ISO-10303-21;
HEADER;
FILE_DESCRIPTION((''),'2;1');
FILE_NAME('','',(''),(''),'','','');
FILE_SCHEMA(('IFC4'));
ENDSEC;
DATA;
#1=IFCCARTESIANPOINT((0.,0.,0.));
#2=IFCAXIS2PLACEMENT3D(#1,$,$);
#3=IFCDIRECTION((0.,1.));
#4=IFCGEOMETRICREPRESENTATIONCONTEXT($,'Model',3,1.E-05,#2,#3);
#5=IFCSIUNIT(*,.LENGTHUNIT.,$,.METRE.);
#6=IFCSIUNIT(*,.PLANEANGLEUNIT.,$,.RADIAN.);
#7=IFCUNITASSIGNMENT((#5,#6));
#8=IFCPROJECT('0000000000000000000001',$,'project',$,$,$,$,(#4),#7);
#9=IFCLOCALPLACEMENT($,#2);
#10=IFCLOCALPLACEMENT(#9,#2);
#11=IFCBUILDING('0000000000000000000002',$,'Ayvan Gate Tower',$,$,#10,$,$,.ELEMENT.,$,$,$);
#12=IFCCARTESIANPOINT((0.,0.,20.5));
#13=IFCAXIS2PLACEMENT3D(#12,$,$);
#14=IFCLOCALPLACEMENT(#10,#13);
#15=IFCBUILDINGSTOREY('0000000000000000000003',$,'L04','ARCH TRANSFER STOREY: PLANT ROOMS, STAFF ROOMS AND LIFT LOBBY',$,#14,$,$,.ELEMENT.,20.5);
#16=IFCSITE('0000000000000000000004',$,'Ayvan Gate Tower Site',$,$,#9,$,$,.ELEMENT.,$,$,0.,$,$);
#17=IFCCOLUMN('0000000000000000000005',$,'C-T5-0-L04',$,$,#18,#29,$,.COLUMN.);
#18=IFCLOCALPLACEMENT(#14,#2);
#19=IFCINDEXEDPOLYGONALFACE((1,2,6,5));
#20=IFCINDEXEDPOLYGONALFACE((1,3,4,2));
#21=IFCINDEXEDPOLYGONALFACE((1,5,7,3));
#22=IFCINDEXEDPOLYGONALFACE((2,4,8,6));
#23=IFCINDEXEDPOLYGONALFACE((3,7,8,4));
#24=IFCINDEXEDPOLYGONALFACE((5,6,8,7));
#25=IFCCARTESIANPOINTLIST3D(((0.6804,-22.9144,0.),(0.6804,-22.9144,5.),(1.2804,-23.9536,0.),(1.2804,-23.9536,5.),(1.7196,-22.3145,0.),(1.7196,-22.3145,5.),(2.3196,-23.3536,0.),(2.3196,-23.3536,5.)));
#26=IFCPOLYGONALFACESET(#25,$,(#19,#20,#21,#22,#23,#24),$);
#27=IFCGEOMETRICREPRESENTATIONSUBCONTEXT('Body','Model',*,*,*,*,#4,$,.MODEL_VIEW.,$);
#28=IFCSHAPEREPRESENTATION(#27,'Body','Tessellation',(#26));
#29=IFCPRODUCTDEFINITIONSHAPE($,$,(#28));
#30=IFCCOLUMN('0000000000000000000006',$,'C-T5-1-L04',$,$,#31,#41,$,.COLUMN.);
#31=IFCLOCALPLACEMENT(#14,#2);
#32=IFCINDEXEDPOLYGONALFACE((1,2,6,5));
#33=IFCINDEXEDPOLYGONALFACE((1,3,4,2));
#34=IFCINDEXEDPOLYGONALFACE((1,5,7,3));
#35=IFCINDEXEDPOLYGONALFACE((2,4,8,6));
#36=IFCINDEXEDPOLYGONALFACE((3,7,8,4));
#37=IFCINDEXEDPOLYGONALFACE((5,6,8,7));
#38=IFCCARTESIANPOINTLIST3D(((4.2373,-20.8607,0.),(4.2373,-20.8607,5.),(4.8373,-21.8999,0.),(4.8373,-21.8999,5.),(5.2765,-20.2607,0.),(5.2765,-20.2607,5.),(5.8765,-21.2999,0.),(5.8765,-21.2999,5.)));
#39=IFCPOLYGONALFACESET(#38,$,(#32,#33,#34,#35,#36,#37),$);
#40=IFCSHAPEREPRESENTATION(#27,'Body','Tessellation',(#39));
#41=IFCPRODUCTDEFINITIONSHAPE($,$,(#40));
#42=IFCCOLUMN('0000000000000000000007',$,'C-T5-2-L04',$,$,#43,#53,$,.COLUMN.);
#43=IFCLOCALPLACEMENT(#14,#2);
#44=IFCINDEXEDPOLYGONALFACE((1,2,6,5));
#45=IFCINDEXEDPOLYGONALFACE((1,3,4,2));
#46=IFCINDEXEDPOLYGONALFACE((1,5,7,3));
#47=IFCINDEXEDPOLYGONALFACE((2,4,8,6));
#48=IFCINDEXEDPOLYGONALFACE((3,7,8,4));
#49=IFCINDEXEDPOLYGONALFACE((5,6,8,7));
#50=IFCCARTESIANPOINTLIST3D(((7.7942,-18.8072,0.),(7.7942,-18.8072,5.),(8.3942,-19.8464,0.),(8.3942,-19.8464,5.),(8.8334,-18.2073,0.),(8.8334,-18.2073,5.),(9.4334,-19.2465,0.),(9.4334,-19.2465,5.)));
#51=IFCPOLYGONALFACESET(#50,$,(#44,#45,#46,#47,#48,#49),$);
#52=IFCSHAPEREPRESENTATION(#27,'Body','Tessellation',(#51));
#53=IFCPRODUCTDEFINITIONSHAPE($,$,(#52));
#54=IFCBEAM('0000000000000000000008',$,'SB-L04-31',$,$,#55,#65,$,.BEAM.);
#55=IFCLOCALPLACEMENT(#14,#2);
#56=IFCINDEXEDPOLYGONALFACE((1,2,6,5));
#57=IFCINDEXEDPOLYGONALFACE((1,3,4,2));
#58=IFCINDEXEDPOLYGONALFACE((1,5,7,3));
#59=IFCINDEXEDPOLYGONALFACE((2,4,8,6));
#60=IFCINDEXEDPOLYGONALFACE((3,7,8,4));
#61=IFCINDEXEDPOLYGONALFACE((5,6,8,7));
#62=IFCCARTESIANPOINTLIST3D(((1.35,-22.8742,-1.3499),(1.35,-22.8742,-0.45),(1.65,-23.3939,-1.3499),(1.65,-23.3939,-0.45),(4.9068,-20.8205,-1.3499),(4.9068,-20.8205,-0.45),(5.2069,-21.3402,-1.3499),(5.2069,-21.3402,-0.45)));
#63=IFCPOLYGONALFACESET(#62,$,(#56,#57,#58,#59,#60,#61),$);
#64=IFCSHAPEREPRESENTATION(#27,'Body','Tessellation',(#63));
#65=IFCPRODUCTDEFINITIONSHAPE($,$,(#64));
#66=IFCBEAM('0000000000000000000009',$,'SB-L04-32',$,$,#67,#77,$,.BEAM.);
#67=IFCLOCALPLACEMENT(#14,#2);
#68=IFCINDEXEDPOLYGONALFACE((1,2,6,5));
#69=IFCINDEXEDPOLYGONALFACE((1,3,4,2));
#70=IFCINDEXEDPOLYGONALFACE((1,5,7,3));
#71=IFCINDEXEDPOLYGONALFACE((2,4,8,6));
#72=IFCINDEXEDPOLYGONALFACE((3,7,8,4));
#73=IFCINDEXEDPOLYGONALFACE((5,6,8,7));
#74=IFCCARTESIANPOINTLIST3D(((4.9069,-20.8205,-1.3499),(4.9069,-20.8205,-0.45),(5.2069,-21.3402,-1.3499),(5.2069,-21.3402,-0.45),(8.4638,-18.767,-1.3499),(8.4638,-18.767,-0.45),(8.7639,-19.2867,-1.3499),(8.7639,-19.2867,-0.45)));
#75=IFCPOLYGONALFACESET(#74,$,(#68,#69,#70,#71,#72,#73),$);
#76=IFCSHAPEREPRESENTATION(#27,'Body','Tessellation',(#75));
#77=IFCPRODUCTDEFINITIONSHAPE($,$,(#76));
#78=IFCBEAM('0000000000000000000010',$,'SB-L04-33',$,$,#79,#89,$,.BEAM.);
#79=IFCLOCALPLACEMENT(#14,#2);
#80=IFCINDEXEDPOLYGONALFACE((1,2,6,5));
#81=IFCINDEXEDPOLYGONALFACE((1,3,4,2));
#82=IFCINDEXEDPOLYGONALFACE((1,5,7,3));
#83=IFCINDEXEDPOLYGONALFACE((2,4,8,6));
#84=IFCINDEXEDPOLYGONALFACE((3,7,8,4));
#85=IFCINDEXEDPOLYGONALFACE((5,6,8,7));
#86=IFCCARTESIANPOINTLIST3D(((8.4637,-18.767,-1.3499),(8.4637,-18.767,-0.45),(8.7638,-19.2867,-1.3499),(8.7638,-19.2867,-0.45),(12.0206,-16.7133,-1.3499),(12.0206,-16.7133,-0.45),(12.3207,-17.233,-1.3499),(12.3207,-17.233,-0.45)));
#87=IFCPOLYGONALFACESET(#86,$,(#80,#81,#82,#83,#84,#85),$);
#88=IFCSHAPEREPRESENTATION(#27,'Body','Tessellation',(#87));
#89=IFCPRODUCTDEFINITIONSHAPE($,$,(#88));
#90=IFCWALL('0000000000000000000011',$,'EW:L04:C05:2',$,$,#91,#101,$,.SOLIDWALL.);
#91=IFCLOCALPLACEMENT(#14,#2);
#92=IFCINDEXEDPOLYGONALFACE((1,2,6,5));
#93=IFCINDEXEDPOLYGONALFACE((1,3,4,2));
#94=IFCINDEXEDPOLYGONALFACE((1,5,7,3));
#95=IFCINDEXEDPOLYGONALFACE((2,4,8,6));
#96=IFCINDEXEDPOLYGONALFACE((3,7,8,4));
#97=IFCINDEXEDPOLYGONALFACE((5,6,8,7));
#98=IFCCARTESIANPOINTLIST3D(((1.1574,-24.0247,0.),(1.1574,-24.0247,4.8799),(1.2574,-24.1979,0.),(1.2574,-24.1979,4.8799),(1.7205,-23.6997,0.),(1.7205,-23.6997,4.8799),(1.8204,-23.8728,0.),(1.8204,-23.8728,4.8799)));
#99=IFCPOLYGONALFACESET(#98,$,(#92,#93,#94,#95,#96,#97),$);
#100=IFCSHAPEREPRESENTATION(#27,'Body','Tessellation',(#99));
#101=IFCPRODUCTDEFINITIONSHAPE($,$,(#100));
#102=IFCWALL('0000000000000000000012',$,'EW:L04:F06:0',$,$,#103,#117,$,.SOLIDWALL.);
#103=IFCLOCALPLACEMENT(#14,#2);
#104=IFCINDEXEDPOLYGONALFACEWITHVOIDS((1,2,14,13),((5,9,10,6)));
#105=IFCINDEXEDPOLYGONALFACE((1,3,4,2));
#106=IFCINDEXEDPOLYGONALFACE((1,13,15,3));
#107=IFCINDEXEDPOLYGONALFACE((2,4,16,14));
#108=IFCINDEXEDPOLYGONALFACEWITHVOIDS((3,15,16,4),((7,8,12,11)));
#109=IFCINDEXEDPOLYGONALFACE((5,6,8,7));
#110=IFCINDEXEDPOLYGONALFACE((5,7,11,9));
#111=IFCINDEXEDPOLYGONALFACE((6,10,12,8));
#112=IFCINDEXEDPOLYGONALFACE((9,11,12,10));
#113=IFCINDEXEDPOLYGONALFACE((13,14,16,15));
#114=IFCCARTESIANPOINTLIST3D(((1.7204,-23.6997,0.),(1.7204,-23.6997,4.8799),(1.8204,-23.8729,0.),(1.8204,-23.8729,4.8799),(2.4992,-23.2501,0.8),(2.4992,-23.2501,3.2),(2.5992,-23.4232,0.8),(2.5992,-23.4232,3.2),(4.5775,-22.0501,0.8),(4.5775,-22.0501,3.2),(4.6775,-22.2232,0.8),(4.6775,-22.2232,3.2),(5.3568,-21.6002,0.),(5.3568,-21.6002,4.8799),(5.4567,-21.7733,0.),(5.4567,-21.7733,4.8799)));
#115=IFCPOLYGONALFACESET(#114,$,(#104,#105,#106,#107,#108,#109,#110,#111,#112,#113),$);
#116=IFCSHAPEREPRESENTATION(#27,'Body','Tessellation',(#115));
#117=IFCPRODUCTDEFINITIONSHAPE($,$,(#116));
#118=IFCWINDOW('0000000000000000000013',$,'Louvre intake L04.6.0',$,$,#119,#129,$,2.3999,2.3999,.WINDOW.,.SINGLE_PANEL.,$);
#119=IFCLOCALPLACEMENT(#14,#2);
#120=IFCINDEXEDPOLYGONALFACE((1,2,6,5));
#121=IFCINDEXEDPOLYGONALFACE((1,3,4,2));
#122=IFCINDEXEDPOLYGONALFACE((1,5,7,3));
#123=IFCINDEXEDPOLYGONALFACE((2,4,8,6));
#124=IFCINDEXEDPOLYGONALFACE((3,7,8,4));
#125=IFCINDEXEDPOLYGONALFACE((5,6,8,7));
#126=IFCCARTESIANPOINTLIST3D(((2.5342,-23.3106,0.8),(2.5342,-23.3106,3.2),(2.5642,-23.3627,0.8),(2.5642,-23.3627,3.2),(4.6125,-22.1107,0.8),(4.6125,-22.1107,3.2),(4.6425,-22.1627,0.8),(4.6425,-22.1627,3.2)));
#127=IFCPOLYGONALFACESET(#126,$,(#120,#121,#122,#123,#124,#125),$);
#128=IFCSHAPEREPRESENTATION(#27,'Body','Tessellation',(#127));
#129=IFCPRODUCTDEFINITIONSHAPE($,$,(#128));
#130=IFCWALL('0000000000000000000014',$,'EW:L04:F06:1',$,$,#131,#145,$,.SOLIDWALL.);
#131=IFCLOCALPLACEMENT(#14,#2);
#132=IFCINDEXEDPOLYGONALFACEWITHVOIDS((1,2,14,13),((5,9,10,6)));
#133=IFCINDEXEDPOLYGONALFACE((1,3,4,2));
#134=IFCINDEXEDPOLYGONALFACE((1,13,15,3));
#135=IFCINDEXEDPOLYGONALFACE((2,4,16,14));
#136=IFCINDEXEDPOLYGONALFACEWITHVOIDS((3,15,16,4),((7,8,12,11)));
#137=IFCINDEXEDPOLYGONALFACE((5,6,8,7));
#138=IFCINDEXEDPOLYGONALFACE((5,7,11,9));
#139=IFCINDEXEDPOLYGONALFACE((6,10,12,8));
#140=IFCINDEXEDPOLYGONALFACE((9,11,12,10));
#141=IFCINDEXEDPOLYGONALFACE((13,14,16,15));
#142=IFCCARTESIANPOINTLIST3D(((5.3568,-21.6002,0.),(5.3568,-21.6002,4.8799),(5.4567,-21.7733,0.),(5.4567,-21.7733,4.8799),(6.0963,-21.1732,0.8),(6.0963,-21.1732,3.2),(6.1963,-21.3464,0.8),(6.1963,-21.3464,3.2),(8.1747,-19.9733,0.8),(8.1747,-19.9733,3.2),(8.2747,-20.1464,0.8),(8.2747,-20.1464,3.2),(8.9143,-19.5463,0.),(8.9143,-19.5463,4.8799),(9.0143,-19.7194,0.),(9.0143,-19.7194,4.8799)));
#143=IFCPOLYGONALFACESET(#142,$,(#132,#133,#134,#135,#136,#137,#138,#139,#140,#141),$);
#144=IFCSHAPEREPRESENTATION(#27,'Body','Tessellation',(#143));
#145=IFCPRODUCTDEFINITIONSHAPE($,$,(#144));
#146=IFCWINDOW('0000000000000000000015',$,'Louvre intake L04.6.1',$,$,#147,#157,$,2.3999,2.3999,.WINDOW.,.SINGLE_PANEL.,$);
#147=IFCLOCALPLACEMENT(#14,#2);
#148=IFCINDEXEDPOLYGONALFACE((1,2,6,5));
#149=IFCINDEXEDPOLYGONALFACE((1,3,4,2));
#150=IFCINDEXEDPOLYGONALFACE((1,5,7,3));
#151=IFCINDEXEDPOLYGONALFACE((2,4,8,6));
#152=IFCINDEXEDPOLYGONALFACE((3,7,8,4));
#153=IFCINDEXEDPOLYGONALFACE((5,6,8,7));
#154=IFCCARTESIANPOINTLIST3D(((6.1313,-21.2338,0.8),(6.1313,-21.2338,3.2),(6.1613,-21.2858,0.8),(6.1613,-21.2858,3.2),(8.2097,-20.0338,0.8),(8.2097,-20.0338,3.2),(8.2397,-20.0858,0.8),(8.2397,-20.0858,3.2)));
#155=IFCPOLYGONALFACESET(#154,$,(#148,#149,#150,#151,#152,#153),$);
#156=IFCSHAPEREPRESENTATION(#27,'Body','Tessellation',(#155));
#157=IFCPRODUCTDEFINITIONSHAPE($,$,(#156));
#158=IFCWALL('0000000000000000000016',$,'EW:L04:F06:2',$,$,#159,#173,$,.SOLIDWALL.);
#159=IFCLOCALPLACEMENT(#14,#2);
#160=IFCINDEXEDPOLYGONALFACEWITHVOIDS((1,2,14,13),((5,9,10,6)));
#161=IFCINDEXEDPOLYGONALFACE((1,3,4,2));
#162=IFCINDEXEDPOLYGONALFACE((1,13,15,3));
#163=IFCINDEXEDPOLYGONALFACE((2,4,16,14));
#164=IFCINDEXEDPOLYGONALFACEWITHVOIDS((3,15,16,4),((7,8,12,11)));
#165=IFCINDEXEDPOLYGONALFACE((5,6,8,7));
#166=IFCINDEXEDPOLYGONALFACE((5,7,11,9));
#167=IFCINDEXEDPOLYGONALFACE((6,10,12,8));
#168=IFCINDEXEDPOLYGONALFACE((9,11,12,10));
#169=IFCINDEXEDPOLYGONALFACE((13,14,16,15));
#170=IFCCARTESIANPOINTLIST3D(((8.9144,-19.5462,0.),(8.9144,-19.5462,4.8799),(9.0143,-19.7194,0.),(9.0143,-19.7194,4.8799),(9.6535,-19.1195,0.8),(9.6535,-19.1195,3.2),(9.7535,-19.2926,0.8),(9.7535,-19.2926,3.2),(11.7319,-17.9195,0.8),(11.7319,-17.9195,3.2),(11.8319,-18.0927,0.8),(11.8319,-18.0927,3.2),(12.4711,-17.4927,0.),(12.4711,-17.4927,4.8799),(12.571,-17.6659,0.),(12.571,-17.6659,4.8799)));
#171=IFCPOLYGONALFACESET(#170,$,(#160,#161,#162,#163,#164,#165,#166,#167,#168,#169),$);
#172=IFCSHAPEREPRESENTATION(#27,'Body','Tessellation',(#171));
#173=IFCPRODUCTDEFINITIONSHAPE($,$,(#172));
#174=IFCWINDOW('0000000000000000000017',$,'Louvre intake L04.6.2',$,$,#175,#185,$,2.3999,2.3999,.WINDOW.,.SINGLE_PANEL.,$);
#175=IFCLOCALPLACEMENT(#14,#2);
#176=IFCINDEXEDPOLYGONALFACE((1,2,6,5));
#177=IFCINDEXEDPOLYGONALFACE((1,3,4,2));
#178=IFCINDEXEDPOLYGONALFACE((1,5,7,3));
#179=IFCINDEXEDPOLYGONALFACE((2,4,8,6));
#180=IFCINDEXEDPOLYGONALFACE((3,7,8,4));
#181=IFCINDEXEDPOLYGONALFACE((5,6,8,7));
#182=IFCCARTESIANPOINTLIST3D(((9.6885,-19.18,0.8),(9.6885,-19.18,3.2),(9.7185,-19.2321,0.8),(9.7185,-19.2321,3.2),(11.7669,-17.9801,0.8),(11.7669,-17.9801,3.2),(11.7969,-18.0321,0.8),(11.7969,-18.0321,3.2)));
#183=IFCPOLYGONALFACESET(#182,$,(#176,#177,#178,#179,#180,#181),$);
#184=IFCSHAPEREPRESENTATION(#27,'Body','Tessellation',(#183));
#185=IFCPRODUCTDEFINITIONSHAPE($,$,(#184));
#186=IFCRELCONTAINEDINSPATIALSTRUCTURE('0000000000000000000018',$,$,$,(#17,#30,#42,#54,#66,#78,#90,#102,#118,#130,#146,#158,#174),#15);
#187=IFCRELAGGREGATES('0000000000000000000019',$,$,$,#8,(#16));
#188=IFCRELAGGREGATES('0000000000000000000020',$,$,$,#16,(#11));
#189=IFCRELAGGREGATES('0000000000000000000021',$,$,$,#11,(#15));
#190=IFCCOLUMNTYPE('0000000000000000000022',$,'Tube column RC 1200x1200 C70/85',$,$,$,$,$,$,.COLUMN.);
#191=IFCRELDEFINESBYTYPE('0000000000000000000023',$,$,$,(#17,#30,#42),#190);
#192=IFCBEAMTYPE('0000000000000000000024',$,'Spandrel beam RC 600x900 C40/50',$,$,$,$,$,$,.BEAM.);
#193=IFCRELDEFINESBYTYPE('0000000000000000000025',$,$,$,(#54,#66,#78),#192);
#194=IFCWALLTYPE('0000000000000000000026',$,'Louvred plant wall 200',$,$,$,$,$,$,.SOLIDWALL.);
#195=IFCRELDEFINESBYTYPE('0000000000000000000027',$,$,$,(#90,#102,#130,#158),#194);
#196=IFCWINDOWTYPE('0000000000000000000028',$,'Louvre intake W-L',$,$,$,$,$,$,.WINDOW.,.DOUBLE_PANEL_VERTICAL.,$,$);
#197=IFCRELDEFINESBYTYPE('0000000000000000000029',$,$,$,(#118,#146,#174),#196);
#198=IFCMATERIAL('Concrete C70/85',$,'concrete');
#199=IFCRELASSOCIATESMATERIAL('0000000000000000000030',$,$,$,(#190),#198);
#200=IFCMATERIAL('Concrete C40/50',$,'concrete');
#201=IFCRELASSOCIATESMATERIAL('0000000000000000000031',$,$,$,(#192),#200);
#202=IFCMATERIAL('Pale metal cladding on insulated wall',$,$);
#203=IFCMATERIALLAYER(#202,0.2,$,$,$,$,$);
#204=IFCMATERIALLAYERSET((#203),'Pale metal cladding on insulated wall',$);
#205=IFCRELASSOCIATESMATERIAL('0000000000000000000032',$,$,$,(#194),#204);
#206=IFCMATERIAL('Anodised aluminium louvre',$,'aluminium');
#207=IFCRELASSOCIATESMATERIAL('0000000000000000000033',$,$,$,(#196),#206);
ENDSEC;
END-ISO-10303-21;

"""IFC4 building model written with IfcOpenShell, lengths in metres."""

from ifc_helpers import new_model, si_unit, direction, frame, frame_2d, origin, origin_2d, place, context, subcontext, project, spatial, rectangle, extrude, material, layer, layer_set, material_profile, profile_set, type_object, element, fill, save


model = new_model("IFC4")

# Units and contexts
model_context = context("Model", 3, precision=1e-05, world=origin(), true_north=direction((0.0, 1.0)))
body_context = subcontext(model_context, "Body", "Model", "MODEL_VIEW")
ifc_project = project(units=[si_unit("LENGTHUNIT", "METRE"), si_unit("PLANEANGLEUNIT", "RADIAN")], contexts=[model_context])

# Site, building, storey
site_placement = place(None, origin())
site = spatial("IfcSite", under=ifc_project, at=site_placement, Name="Ayvan Gate Tower Site", CompositionType="ELEMENT", RefElevation=0.0)
building_placement = place(site_placement, origin())
building = spatial("IfcBuilding", under=site, at=building_placement, Name="Ayvan Gate Tower", CompositionType="ELEMENT")
storey_placement = place(building_placement, frame((0.0, 0.0, 20.5)))
storey = spatial("IfcBuildingStorey", under=building, at=storey_placement, Name="L04", Description="ARCH TRANSFER STOREY: PLANT ROOMS, STAFF ROOMS AND LIFT LOBBY", CompositionType="ELEMENT", Elevation=20.5)

# Columns
ifc_material_1 = material(Name="Concrete C70/85", Category="concrete")
ifc_material_profile_1 = material_profile(ifc_material_1, rectangle(XDim=1.2, YDim=1.2, at=origin_2d()), Name="RC 1200x1200")
ifc_profile_set_1 = profile_set([ifc_material_profile_1], Name="Concrete C70/85")
column_type = type_object("IfcColumnType", Name="Tube column RC 1200x1200 C70/85", PredefinedType="COLUMN", material=ifc_profile_set_1)
for number, where, z_axis, x_axis, name in (
    (1, (1.5, -23.134, 0.0), (0.0, 0.0, 1.0), (0.5, -0.866025, 0.0), "C-T5-0-L04"),
    (2, (5.0569, -21.0803, 0.0), (0.0, 0.0, 1.0), (0.5, -0.866025, 0.0), "C-T5-1-L04"),
    (3, (8.6138, -19.0269, 0.0), (0.0, 0.0, 1.0), (0.5, -0.866025, 0.0), "C-T5-2-L04"),
):
    element("IfcColumn", number, at=place(storey_placement, frame(where, z_axis=z_axis, x_axis=x_axis)), inside=storey, type_object=column_type, Name=name, PredefinedType="COLUMN", context=body_context, shape_type="SweptSolid", body=[
        extrude(rectangle(XDim=1.2, YDim=1.2, at=origin_2d()), origin(), (0.0, 0.0, 1.0), 5.0),
    ])

# Beams
ifc_material_2 = material(Name="Concrete C40/50", Category="concrete")
ifc_material_profile_2 = material_profile(ifc_material_2, rectangle(XDim=0.6001, YDim=0.8999, at=origin_2d()), Name="RC 600x900")
ifc_profile_set_2 = profile_set([ifc_material_profile_2], Name="Concrete C40/50")
beam_type = type_object("IfcBeamType", Name="Spandrel beam RC 600x900 C40/50", PredefinedType="BEAM", material=ifc_profile_set_2)
for number, where, z_axis, x_axis, name in (
    (4, (1.5, -23.134, -0.8999), (0.86601, 0.500026, 0.0), (-0.500026, 0.86601, 0.0), "SB-L04-31"),
    (5, (5.0569, -21.0803, -0.8999), (0.866036, 0.499981, 0.0), (-0.499981, 0.866036, 0.0), "SB-L04-32"),
    (6, (8.6138, -19.0269, -0.8999), (0.86601, 0.500026, 0.0), (-0.500026, 0.86601, 0.0), "SB-L04-33"),
):
    element("IfcBeam", number, at=place(storey_placement, frame(where, z_axis=z_axis, x_axis=x_axis)), inside=storey, type_object=beam_type, Name=name, PredefinedType="BEAM", context=body_context, shape_type="SweptSolid", body=[
        extrude(rectangle(XDim=0.6001, YDim=0.8999, at=origin_2d()), origin(), (0.0, 0.0, 1.0), 4.1072),
    ])

# Wall
ifc_material_3 = material(Name="Pale metal cladding on insulated wall")
ifc_layer_1 = layer(ifc_material_3, 0.2)
ifc_layer_set_1 = layer_set([ifc_layer_1], Name="Pale metal cladding on insulated wall")
wall_type_1 = type_object("IfcWallType", Name="Louvred plant wall 200", PredefinedType="SOLIDWALL", material=ifc_layer_set_1)
wall_1_placement = place(storey_placement, frame((1.2073, -24.1113, 0.0), z_axis=(0.0, 0.0, 1.0), x_axis=(0.866086, 0.499896, 0.0)))
element("IfcWall", 7, at=wall_1_placement, inside=storey, type_object=wall_type_1, Name="EW:L04:C05:2", PredefinedType="SOLIDWALL", context=body_context, shape_type="SweptSolid", body=[
    extrude(rectangle(XDim=0.6501, YDim=0.2, at=frame_2d((0.3252, 0.0))), origin(), (0.0, 0.0, 1.0), 4.8799),
])

# Walls, openings, windows
wall_2_placement = place(storey_placement, frame((1.7703, -23.7864, 0.0), z_axis=(0.0, 0.0, 1.0), x_axis=(0.866016, 0.500016, 0.0)))
wall_2 = element("IfcWall", 8, at=wall_2_placement, inside=storey, type_object=wall_type_1, Name="EW:L04:F06:0", PredefinedType="SOLIDWALL", context=body_context, shape_type="SweptSolid", body=[
    extrude(rectangle(XDim=4.199, YDim=0.2, at=frame_2d((2.0996, 0.0))), origin(), (0.0, 0.0, 1.0), 4.8799),
])
opening_1_placement = place(wall_2_placement, frame((0.8994, 0.0, 0.8)))
opening_1 = element("IfcOpeningElement", 9, at=opening_1_placement, cuts=wall_2, PredefinedType="OPENING", context=body_context, shape_type="SweptSolid", body=[
    extrude(rectangle(XDim=2.3999, YDim=2.3999, at=frame_2d((1.2, 1.2))), frame((0.0, 0.1099, 0.0), z_axis=(0.0, -1.0, 0.0), x_axis=(1.0, 0.0, 0.0)), (0.0, 0.0, 1.0), 0.22),
])
ifc_material_4 = material(Name="Anodised aluminium louvre", Category="aluminium")
window_type = type_object("IfcWindowType", Name="Louvre intake W-L", PartitioningType="DOUBLE_PANEL_VERTICAL", PredefinedType="WINDOW", material=ifc_material_4)
window_1_placement = place(opening_1_placement, origin())
window_1 = element("IfcWindow", 10, at=window_1_placement, inside=storey, type_object=window_type, Name="Louvre intake L04.6.0", OverallHeight=2.3999, OverallWidth=2.3999, PartitioningType="SINGLE_PANEL", PredefinedType="WINDOW", context=body_context, shape_type="SweptSolid", body=[
    extrude(rectangle(XDim=2.3999, YDim=2.3999, at=frame_2d((1.2, 1.2))), frame((0.0, 0.03, 0.0), z_axis=(0.0, -1.0, 0.0), x_axis=(1.0, 0.0, 0.0)), (0.0, 0.0, 1.0), 0.0601),
])
fill(opening_1, window_1)
wall_3_placement = place(storey_placement, frame((5.4067, -21.6868, 0.0), z_axis=(0.0, 0.0, 1.0), x_axis=(0.866029, 0.499993, 0.0)))
wall_3 = element("IfcWall", 11, at=wall_3_placement, inside=storey, type_object=wall_type_1, Name="EW:L04:F06:1", PredefinedType="SOLIDWALL", context=body_context, shape_type="SweptSolid", body=[
    extrude(rectangle(XDim=4.1079, YDim=0.2, at=frame_2d((2.054, 0.0))), origin(), (0.0, 0.0, 1.0), 4.8799),
])
opening_2_placement = place(wall_3_placement, frame((0.854, 0.0, 0.8)))
opening_2 = element("IfcOpeningElement", 12, at=opening_2_placement, cuts=wall_3, PredefinedType="OPENING", context=body_context, shape_type="SweptSolid", body=[
    extrude(rectangle(XDim=2.3999, YDim=2.3999, at=frame_2d((1.2, 1.2))), frame((0.0, 0.1099, 0.0), z_axis=(0.0, -1.0, 0.0), x_axis=(1.0, 0.0, 0.0)), (0.0, 0.0, 1.0), 0.22),
])
window_2_placement = place(opening_2_placement, origin())
window_2 = element("IfcWindow", 13, at=window_2_placement, inside=storey, type_object=window_type, Name="Louvre intake L04.6.1", OverallHeight=2.3999, OverallWidth=2.3999, PartitioningType="SINGLE_PANEL", PredefinedType="WINDOW", context=body_context, shape_type="SweptSolid", body=[
    extrude(rectangle(XDim=2.3999, YDim=2.3999, at=frame_2d((1.2, 1.2))), frame((0.0, 0.03, 0.0), z_axis=(0.0, -1.0, 0.0), x_axis=(1.0, 0.0, 0.0)), (0.0, 0.0, 1.0), 0.0601),
])
fill(opening_2, window_2)
wall_4_placement = place(storey_placement, frame((8.9644, -19.6328, 0.0), z_axis=(0.0, 0.0, 1.0), x_axis=(0.866021, 0.500007, 0.0)))
wall_4 = element("IfcWall", 14, at=wall_4_placement, inside=storey, type_object=wall_type_1, Name="EW:L04:F06:2", PredefinedType="SOLIDWALL", context=body_context, shape_type="SweptSolid", body=[
    extrude(rectangle(XDim=4.1069, YDim=0.2, at=frame_2d((2.0535, 0.0))), origin(), (0.0, 0.0, 1.0), 4.8799),
])
opening_3_placement = place(wall_4_placement, frame((0.8535, 0.0, 0.8)))
opening_3 = element("IfcOpeningElement", 15, at=opening_3_placement, cuts=wall_4, PredefinedType="OPENING", context=body_context, shape_type="SweptSolid", body=[
    extrude(rectangle(XDim=2.3999, YDim=2.3999, at=frame_2d((1.2, 1.2))), frame((0.0, 0.1099, 0.0), z_axis=(0.0, -1.0, 0.0), x_axis=(1.0, 0.0, 0.0)), (0.0, 0.0, 1.0), 0.22),
])
window_3_placement = place(opening_3_placement, origin())
window_3 = element("IfcWindow", 16, at=window_3_placement, inside=storey, type_object=window_type, Name="Louvre intake L04.6.2", OverallHeight=2.3999, OverallWidth=2.3999, PartitioningType="SINGLE_PANEL", PredefinedType="WINDOW", context=body_context, shape_type="SweptSolid", body=[
    extrude(rectangle(XDim=2.3999, YDim=2.3999, at=frame_2d((1.2, 1.2))), frame((0.0, 0.03, 0.0), z_axis=(0.0, -1.0, 0.0), x_axis=(1.0, 0.0, 0.0)), (0.0, 0.0, 1.0), 0.0601),
])
fill(opening_3, window_3)

save(model, "model.ifc")
